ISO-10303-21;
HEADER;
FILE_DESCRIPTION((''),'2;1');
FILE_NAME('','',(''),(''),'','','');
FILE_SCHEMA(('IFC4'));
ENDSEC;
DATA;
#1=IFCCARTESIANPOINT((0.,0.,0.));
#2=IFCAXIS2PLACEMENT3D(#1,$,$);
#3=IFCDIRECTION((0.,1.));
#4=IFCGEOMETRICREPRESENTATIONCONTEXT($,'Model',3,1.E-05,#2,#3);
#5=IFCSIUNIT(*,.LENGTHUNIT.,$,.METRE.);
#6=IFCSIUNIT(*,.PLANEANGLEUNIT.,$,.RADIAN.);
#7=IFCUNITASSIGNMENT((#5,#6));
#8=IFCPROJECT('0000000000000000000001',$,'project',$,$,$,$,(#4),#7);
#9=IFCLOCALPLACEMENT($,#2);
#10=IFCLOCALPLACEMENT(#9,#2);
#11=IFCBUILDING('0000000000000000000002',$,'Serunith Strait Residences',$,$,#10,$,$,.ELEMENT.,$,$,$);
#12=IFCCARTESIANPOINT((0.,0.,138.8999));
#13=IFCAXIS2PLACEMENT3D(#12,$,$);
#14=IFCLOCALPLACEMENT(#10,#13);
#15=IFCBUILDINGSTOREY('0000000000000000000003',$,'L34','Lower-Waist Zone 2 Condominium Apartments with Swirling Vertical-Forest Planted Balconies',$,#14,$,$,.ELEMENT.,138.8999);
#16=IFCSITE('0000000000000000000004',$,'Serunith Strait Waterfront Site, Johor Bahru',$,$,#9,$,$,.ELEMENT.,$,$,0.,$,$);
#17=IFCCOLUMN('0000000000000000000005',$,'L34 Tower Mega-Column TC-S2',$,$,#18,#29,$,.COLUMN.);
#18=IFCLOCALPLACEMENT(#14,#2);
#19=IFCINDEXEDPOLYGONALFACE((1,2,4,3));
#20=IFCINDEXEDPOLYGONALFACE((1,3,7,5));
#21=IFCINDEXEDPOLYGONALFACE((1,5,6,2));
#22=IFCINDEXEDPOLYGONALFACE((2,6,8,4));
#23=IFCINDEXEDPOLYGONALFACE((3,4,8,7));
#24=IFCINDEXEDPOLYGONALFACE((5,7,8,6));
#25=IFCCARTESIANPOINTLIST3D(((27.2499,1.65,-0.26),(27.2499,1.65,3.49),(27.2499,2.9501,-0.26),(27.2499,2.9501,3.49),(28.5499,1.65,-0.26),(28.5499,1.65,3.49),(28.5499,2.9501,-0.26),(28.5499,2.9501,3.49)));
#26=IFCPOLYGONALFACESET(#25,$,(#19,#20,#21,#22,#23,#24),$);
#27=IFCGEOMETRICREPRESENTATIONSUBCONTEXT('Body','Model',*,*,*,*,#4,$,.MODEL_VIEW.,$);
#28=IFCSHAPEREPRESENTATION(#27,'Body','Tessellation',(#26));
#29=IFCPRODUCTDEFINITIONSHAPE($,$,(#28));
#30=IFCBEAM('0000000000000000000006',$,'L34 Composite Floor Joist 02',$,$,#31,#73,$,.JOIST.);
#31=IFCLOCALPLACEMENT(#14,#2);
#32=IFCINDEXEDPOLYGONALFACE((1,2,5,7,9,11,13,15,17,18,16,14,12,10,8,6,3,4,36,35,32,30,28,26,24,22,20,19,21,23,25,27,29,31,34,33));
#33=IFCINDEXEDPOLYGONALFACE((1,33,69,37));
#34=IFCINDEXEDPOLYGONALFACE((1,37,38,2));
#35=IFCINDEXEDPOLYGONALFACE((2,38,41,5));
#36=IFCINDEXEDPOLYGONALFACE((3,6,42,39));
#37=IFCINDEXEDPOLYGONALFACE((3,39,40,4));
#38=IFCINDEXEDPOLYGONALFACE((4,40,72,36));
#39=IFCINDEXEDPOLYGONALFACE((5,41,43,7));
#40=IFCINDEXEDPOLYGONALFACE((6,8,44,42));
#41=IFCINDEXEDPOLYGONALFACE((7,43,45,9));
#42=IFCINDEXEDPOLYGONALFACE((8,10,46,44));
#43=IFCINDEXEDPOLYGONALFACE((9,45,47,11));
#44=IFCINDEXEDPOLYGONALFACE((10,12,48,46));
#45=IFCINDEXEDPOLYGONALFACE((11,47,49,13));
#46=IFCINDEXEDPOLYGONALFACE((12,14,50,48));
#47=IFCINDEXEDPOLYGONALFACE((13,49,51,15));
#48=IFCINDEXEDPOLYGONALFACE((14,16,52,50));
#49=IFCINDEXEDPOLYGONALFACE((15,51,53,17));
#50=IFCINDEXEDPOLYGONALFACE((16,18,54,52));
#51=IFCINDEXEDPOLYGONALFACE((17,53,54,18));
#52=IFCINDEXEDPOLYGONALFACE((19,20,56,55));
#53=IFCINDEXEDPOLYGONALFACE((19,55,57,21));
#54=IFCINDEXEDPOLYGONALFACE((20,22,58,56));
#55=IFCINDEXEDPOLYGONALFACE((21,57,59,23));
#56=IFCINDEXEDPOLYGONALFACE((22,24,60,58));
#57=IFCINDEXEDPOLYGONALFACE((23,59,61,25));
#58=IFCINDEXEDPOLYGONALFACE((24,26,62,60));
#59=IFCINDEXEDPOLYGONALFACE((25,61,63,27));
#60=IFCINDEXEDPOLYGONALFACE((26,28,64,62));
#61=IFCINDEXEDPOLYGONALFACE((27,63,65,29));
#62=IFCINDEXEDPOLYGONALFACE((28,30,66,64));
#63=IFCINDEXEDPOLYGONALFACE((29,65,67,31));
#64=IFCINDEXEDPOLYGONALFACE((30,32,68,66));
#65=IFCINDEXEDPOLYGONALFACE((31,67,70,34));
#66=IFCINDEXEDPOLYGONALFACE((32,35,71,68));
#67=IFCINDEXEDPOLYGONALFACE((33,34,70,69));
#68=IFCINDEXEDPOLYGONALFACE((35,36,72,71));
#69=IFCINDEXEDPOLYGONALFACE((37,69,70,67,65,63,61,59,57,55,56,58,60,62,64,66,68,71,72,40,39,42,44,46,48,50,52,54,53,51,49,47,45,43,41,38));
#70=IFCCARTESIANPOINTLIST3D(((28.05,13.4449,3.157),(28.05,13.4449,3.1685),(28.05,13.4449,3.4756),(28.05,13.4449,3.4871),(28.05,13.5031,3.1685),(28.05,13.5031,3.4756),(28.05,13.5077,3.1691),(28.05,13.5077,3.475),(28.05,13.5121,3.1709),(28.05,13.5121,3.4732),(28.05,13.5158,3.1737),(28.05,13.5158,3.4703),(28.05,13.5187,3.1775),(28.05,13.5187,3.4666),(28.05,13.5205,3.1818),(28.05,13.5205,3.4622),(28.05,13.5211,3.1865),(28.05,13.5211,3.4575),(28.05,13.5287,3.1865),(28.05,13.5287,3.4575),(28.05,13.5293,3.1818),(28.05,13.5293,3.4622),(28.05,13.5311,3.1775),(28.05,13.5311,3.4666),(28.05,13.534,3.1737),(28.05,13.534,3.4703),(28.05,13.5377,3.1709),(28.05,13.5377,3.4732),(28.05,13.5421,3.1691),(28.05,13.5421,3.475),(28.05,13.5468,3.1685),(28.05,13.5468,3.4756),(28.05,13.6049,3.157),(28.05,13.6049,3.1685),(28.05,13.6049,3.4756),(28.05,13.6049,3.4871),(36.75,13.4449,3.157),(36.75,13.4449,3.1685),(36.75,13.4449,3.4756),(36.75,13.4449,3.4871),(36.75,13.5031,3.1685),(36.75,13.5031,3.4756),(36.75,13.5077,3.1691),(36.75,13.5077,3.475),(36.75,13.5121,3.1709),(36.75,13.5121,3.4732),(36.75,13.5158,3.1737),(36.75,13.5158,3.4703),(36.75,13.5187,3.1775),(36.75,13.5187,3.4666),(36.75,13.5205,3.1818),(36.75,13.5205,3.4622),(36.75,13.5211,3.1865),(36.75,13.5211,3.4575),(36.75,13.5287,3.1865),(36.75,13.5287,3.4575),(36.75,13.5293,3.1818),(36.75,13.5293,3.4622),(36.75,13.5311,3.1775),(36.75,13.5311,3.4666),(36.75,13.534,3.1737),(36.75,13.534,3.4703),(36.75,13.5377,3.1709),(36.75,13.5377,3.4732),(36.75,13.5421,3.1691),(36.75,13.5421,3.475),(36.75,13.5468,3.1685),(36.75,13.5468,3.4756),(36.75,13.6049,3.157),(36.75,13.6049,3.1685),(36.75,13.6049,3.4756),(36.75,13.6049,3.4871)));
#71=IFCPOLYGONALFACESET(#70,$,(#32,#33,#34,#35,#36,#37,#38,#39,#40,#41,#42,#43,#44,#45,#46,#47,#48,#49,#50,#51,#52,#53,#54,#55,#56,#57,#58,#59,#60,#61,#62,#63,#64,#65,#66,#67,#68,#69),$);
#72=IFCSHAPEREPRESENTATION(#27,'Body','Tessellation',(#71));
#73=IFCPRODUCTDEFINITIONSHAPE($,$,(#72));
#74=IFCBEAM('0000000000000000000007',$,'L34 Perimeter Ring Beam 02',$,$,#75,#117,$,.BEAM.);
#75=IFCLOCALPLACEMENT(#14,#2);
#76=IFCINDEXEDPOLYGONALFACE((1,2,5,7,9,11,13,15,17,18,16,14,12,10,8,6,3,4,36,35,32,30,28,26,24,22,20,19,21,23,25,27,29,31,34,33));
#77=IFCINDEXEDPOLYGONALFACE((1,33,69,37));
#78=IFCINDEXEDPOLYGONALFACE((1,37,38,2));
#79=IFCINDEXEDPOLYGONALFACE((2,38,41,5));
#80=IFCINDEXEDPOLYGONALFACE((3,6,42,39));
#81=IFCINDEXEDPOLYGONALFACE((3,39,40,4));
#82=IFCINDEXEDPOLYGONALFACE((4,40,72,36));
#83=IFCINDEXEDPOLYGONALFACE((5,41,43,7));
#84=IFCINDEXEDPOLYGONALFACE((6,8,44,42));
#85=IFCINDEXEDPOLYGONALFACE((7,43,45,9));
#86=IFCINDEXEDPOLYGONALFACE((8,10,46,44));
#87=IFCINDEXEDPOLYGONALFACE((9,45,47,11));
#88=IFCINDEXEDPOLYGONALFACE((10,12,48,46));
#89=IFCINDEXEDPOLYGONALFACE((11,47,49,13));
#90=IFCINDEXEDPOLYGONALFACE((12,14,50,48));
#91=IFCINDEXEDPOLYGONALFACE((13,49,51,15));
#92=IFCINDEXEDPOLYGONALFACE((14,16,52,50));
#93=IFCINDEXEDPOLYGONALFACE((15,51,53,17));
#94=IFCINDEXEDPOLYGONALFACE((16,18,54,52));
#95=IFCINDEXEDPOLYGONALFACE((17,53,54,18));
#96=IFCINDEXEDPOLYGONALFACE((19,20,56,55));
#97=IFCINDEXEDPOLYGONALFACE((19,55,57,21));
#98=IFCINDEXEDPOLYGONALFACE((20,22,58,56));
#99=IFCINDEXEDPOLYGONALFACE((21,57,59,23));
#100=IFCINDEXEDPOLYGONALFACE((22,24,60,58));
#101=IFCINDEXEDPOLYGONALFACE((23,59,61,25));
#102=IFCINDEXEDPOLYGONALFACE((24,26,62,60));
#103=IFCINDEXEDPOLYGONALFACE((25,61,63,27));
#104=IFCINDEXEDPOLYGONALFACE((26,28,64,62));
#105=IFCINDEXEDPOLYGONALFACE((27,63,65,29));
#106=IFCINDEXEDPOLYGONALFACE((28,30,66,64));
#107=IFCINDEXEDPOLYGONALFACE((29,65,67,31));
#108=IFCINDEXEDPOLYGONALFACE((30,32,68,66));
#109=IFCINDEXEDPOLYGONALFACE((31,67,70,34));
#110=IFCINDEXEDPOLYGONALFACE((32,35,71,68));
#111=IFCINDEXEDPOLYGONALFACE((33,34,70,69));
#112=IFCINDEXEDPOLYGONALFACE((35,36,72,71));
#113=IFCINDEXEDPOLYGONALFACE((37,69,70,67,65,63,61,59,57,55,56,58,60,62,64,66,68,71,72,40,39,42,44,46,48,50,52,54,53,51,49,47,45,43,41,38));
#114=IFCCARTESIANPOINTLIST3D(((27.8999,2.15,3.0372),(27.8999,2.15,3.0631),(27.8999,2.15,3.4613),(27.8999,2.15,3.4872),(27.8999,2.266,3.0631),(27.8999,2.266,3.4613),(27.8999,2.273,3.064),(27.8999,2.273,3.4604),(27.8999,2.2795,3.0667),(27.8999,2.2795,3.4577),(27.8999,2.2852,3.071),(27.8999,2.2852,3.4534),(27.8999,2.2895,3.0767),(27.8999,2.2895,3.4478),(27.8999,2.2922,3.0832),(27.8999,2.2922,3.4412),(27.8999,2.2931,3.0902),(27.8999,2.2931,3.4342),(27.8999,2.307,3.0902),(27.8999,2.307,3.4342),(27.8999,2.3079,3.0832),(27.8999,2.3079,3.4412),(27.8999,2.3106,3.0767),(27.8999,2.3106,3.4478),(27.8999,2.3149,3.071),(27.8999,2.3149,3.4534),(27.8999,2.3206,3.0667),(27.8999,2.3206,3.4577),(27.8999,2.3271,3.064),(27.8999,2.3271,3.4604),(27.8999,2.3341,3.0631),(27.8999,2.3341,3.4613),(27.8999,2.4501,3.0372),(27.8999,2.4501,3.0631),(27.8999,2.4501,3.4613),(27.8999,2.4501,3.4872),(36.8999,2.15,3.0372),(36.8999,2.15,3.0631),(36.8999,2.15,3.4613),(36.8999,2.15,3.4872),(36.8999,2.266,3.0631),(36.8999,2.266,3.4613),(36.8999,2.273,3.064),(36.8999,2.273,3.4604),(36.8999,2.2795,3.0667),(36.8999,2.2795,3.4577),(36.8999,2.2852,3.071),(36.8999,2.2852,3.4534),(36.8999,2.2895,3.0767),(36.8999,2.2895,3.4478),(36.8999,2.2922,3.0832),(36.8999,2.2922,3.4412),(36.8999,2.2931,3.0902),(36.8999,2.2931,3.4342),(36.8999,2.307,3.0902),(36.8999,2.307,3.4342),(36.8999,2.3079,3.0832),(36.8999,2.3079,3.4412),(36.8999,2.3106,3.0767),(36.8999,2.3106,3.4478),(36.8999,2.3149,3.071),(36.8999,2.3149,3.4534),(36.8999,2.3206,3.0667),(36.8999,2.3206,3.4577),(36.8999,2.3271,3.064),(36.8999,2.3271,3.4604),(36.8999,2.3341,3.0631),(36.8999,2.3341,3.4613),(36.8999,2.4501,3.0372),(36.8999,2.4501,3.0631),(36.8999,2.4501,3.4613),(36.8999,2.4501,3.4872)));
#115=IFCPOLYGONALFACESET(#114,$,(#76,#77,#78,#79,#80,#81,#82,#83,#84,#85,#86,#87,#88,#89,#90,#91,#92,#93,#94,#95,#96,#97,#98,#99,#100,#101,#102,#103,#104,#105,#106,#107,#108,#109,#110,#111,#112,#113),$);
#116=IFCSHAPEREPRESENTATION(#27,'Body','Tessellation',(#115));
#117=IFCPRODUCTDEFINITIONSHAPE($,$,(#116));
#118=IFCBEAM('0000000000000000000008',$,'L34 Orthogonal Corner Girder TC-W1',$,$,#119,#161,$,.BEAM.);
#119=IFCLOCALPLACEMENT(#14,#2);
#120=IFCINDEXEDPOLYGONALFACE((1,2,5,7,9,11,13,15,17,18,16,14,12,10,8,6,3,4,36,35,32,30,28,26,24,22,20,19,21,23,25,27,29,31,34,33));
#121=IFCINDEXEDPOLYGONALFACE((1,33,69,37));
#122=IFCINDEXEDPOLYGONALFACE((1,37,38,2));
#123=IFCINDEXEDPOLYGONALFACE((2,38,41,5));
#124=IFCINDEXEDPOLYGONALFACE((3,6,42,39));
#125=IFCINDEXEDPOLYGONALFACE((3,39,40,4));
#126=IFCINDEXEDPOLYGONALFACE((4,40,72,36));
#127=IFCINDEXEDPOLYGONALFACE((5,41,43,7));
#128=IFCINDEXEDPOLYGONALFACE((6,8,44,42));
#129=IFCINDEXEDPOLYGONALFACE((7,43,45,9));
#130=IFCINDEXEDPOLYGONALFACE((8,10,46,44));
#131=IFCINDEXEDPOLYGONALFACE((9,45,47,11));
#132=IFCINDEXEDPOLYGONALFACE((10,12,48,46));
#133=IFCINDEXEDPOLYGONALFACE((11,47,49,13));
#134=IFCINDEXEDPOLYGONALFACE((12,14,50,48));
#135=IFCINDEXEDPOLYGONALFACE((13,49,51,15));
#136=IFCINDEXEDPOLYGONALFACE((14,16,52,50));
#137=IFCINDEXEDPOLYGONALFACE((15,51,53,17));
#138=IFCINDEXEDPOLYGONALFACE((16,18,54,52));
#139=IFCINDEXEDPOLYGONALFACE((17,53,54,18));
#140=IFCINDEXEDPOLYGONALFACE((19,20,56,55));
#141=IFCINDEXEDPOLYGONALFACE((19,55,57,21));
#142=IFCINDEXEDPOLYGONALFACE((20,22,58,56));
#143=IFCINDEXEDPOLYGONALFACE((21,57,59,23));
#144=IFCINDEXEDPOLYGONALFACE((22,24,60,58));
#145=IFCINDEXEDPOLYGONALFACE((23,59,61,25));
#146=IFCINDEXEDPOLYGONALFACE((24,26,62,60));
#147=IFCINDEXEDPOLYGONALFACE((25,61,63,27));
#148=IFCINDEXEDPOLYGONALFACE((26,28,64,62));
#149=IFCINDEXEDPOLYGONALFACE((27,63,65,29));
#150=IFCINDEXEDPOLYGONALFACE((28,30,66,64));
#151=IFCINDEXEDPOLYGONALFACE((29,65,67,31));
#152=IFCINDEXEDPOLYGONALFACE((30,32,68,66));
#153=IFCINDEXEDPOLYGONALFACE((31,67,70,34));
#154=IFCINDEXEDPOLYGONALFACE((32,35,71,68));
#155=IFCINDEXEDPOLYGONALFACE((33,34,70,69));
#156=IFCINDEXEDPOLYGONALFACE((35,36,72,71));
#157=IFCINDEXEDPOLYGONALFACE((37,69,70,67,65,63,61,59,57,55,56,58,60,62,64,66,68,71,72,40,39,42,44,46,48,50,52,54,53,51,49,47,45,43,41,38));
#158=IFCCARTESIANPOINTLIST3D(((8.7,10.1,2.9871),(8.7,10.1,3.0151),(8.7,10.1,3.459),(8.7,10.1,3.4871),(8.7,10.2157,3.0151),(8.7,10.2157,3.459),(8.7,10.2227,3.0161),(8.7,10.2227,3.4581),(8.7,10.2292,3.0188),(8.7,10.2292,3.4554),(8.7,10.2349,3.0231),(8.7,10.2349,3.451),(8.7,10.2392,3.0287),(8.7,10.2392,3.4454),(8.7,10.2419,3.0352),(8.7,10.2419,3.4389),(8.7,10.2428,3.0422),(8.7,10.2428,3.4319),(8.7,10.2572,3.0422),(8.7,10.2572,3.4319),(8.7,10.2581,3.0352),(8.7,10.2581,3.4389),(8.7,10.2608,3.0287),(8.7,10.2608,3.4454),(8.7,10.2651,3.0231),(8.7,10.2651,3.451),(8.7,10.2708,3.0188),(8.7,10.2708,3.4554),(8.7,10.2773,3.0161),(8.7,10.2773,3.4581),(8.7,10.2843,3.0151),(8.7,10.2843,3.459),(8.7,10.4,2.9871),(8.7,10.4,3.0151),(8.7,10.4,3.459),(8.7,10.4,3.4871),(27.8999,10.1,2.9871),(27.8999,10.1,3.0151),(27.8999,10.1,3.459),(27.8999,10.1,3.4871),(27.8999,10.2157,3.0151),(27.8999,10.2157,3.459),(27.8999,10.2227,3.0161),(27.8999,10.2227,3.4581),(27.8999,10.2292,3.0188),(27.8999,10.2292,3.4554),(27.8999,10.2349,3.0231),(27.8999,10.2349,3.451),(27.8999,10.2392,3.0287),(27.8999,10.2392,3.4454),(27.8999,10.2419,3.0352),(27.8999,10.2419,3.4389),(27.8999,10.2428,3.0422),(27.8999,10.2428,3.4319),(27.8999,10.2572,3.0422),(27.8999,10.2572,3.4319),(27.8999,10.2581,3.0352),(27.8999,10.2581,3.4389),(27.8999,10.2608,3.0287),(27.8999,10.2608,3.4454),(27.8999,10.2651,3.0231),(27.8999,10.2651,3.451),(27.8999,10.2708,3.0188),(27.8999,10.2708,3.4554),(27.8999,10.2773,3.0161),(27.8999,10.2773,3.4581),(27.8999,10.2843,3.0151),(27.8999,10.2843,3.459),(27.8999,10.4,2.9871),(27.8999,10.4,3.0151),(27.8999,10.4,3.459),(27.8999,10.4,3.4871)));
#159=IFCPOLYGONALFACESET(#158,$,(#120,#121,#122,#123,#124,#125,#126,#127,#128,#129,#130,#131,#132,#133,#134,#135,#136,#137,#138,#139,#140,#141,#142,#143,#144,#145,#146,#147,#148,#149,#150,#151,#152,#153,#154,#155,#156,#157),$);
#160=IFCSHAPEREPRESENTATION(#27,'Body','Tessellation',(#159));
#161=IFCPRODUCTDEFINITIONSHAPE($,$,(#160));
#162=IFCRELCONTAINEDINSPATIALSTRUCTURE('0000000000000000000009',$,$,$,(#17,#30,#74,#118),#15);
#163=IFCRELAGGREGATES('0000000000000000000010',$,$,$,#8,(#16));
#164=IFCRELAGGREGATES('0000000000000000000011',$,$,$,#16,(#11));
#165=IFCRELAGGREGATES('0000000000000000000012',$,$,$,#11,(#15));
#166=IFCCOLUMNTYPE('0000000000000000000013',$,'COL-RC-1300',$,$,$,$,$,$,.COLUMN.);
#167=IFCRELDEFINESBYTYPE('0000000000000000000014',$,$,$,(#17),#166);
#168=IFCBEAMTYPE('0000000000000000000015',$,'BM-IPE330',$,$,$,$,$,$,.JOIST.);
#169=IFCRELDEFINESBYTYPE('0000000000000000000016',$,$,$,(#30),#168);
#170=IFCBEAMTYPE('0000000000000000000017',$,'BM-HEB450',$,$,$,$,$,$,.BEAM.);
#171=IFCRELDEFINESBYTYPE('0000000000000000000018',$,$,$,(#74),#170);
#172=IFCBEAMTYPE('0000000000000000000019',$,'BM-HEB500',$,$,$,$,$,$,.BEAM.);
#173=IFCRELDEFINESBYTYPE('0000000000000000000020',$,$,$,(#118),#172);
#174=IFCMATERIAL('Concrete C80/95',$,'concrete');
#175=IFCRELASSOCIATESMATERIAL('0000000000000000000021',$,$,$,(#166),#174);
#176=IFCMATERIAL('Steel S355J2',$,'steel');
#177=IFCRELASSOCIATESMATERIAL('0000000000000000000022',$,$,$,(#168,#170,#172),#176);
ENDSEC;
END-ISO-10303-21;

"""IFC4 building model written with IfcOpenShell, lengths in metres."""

from ifc_helpers import new_model, si_unit, direction, frame, origin, origin_2d, place, context, subcontext, project, spatial, rectangle, i_section, extrude, source, transform, mapped, material, material_profile, profile_set, type_object, element, save


model = new_model("IFC4")

# Units and contexts
model_context = context("Model", 3, precision=1e-05, world=origin(), true_north=direction((0.0, 1.0)))
body_context = subcontext(model_context, "Body", "Model", "MODEL_VIEW")
ifc_project = project(units=[si_unit("LENGTHUNIT", "METRE"), si_unit("PLANEANGLEUNIT", "RADIAN")], contexts=[model_context])

# Site, building, storey
site_placement = place(None, origin())
site = spatial("IfcSite", under=ifc_project, at=site_placement, Name="Serunith Strait Waterfront Site, Johor Bahru", CompositionType="ELEMENT", RefElevation=0.0)
building_placement = place(site_placement, origin())
building = spatial("IfcBuilding", under=site, at=building_placement, Name="Serunith Strait Residences", CompositionType="ELEMENT")
storey_placement = place(building_placement, frame((0.0, 0.0, 138.8999)))
storey = spatial("IfcBuildingStorey", under=building, at=storey_placement, Name="L34", Description="Lower-Waist Zone 2 Condominium Apartments with Swirling Vertical-Forest Planted Balconies", CompositionType="ELEMENT", Elevation=138.8999)

# Column
ifc_material_1 = material(Name="Concrete C80/95", Category="concrete")
ifc_material_profile_1 = material_profile(ifc_material_1, rectangle(XDim=1.3, YDim=1.3, at=origin_2d()), Name="RC 1300x1300")
ifc_profile_set_1 = profile_set([ifc_material_profile_1], Name="Concrete C80/95")
column_type = type_object("IfcColumnType", Name="COL-RC-1300", PredefinedType="COLUMN", material=ifc_profile_set_1)
shared_shape_1 = source(origin(), body_context, "Body", "SweptSolid", [
    extrude(rectangle(XDim=1.3, YDim=1.3, at=origin_2d()), origin(), (0.0, 0.0, 1.0), 3.75),
])
column_placement = place(storey_placement, frame((27.8999, 2.3, -0.26), z_axis=(0.0, 0.0, 1.0), x_axis=(1.0, 0.0, 0.0)))
element("IfcColumn", 1, at=column_placement, inside=storey, type_object=column_type, Name="L34 Tower Mega-Column TC-S2", PredefinedType="COLUMN", context=body_context, shape_type="MappedRepresentation", body=[
    mapped(shared_shape_1, transform((0.0, 0.0, 0.0), scale=1.0)),
])

# Beams
ifc_material_2 = material(Name="Steel S355J2", Category="steel")
ifc_material_profile_2 = material_profile(ifc_material_2, i_section(OverallWidth=0.1599, OverallDepth=0.3301, WebThickness=0.0076, FlangeThickness=0.0115, FilletRadius=0.0181, at=origin_2d()), Name="IPE 330")
ifc_profile_set_2 = profile_set([ifc_material_profile_2], Name="Steel S355J2")
beam_type_1 = type_object("IfcBeamType", Name="BM-IPE330", PredefinedType="JOIST", material=ifc_profile_set_2)
shared_shape_2 = source(origin(), body_context, "Body", "SweptSolid", [
    extrude(i_section(OverallWidth=0.1599, OverallDepth=0.3301, WebThickness=0.0076, FlangeThickness=0.0115, FilletRadius=0.0181, at=origin_2d()), origin(), (0.0, 0.0, 1.0), 8.7),
])
beam_1_placement = place(storey_placement, frame((28.05, 13.5249, 3.322), z_axis=(1.0, 0.0, 0.0), x_axis=(0.0, 1.0, 0.0)))
element("IfcBeam", 2, at=beam_1_placement, inside=storey, type_object=beam_type_1, Name="L34 Composite Floor Joist 02", PredefinedType="JOIST", context=body_context, shape_type="MappedRepresentation", body=[
    mapped(shared_shape_2, transform((0.0, 0.0, 0.0), scale=1.0)),
])
ifc_material_profile_3 = material_profile(ifc_material_2, i_section(OverallWidth=0.3, OverallDepth=0.45, WebThickness=0.0139, FlangeThickness=0.0259, FilletRadius=0.0271, at=origin_2d()), Name="HEB 450")
ifc_profile_set_3 = profile_set([ifc_material_profile_3], Name="Steel S355J2")
beam_type_2 = type_object("IfcBeamType", Name="BM-HEB450", PredefinedType="BEAM", material=ifc_profile_set_3)
shared_shape_3 = source(origin(), body_context, "Body", "SweptSolid", [
    extrude(i_section(OverallWidth=0.3, OverallDepth=0.45, WebThickness=0.0139, FlangeThickness=0.0259, FilletRadius=0.0271, at=origin_2d()), origin(), (0.0, 0.0, 1.0), 9.0),
])
beam_2_placement = place(storey_placement, frame((27.8999, 2.3, 3.2622), z_axis=(1.0, 0.0, 0.0), x_axis=(0.0, 1.0, 0.0)))
element("IfcBeam", 3, at=beam_2_placement, inside=storey, type_object=beam_type_2, Name="L34 Perimeter Ring Beam 02", PredefinedType="BEAM", context=body_context, shape_type="MappedRepresentation", body=[
    mapped(shared_shape_3, transform((0.0, 0.0, 0.0), scale=1.0)),
])
ifc_material_profile_4 = material_profile(ifc_material_2, i_section(OverallWidth=0.3, OverallDepth=0.5, WebThickness=0.0144, FlangeThickness=0.0281, FilletRadius=0.0271, at=origin_2d()), Name="HEB 500")
ifc_profile_set_4 = profile_set([ifc_material_profile_4], Name="Steel S355J2")
beam_type_3 = type_object("IfcBeamType", Name="BM-HEB500", PredefinedType="BEAM", material=ifc_profile_set_4)
shared_shape_4 = source(origin(), body_context, "Body", "SweptSolid", [
    extrude(i_section(OverallWidth=0.3, OverallDepth=0.5, WebThickness=0.0144, FlangeThickness=0.0281, FilletRadius=0.0271, at=origin_2d()), origin(), (0.0, 0.0, 1.0), 19.2),
])
beam_3_placement = place(storey_placement, frame((27.8999, 10.25, 3.2371), z_axis=(-1.0, 0.0, 0.0), x_axis=(0.0, -1.0, 0.0)))
element("IfcBeam", 4, at=beam_3_placement, inside=storey, type_object=beam_type_3, Name="L34 Orthogonal Corner Girder TC-W1", PredefinedType="BEAM", context=body_context, shape_type="MappedRepresentation", body=[
    mapped(shared_shape_4, transform((0.0, 0.0, 0.0), scale=1.0)),
])

save(model, "model.ifc")
